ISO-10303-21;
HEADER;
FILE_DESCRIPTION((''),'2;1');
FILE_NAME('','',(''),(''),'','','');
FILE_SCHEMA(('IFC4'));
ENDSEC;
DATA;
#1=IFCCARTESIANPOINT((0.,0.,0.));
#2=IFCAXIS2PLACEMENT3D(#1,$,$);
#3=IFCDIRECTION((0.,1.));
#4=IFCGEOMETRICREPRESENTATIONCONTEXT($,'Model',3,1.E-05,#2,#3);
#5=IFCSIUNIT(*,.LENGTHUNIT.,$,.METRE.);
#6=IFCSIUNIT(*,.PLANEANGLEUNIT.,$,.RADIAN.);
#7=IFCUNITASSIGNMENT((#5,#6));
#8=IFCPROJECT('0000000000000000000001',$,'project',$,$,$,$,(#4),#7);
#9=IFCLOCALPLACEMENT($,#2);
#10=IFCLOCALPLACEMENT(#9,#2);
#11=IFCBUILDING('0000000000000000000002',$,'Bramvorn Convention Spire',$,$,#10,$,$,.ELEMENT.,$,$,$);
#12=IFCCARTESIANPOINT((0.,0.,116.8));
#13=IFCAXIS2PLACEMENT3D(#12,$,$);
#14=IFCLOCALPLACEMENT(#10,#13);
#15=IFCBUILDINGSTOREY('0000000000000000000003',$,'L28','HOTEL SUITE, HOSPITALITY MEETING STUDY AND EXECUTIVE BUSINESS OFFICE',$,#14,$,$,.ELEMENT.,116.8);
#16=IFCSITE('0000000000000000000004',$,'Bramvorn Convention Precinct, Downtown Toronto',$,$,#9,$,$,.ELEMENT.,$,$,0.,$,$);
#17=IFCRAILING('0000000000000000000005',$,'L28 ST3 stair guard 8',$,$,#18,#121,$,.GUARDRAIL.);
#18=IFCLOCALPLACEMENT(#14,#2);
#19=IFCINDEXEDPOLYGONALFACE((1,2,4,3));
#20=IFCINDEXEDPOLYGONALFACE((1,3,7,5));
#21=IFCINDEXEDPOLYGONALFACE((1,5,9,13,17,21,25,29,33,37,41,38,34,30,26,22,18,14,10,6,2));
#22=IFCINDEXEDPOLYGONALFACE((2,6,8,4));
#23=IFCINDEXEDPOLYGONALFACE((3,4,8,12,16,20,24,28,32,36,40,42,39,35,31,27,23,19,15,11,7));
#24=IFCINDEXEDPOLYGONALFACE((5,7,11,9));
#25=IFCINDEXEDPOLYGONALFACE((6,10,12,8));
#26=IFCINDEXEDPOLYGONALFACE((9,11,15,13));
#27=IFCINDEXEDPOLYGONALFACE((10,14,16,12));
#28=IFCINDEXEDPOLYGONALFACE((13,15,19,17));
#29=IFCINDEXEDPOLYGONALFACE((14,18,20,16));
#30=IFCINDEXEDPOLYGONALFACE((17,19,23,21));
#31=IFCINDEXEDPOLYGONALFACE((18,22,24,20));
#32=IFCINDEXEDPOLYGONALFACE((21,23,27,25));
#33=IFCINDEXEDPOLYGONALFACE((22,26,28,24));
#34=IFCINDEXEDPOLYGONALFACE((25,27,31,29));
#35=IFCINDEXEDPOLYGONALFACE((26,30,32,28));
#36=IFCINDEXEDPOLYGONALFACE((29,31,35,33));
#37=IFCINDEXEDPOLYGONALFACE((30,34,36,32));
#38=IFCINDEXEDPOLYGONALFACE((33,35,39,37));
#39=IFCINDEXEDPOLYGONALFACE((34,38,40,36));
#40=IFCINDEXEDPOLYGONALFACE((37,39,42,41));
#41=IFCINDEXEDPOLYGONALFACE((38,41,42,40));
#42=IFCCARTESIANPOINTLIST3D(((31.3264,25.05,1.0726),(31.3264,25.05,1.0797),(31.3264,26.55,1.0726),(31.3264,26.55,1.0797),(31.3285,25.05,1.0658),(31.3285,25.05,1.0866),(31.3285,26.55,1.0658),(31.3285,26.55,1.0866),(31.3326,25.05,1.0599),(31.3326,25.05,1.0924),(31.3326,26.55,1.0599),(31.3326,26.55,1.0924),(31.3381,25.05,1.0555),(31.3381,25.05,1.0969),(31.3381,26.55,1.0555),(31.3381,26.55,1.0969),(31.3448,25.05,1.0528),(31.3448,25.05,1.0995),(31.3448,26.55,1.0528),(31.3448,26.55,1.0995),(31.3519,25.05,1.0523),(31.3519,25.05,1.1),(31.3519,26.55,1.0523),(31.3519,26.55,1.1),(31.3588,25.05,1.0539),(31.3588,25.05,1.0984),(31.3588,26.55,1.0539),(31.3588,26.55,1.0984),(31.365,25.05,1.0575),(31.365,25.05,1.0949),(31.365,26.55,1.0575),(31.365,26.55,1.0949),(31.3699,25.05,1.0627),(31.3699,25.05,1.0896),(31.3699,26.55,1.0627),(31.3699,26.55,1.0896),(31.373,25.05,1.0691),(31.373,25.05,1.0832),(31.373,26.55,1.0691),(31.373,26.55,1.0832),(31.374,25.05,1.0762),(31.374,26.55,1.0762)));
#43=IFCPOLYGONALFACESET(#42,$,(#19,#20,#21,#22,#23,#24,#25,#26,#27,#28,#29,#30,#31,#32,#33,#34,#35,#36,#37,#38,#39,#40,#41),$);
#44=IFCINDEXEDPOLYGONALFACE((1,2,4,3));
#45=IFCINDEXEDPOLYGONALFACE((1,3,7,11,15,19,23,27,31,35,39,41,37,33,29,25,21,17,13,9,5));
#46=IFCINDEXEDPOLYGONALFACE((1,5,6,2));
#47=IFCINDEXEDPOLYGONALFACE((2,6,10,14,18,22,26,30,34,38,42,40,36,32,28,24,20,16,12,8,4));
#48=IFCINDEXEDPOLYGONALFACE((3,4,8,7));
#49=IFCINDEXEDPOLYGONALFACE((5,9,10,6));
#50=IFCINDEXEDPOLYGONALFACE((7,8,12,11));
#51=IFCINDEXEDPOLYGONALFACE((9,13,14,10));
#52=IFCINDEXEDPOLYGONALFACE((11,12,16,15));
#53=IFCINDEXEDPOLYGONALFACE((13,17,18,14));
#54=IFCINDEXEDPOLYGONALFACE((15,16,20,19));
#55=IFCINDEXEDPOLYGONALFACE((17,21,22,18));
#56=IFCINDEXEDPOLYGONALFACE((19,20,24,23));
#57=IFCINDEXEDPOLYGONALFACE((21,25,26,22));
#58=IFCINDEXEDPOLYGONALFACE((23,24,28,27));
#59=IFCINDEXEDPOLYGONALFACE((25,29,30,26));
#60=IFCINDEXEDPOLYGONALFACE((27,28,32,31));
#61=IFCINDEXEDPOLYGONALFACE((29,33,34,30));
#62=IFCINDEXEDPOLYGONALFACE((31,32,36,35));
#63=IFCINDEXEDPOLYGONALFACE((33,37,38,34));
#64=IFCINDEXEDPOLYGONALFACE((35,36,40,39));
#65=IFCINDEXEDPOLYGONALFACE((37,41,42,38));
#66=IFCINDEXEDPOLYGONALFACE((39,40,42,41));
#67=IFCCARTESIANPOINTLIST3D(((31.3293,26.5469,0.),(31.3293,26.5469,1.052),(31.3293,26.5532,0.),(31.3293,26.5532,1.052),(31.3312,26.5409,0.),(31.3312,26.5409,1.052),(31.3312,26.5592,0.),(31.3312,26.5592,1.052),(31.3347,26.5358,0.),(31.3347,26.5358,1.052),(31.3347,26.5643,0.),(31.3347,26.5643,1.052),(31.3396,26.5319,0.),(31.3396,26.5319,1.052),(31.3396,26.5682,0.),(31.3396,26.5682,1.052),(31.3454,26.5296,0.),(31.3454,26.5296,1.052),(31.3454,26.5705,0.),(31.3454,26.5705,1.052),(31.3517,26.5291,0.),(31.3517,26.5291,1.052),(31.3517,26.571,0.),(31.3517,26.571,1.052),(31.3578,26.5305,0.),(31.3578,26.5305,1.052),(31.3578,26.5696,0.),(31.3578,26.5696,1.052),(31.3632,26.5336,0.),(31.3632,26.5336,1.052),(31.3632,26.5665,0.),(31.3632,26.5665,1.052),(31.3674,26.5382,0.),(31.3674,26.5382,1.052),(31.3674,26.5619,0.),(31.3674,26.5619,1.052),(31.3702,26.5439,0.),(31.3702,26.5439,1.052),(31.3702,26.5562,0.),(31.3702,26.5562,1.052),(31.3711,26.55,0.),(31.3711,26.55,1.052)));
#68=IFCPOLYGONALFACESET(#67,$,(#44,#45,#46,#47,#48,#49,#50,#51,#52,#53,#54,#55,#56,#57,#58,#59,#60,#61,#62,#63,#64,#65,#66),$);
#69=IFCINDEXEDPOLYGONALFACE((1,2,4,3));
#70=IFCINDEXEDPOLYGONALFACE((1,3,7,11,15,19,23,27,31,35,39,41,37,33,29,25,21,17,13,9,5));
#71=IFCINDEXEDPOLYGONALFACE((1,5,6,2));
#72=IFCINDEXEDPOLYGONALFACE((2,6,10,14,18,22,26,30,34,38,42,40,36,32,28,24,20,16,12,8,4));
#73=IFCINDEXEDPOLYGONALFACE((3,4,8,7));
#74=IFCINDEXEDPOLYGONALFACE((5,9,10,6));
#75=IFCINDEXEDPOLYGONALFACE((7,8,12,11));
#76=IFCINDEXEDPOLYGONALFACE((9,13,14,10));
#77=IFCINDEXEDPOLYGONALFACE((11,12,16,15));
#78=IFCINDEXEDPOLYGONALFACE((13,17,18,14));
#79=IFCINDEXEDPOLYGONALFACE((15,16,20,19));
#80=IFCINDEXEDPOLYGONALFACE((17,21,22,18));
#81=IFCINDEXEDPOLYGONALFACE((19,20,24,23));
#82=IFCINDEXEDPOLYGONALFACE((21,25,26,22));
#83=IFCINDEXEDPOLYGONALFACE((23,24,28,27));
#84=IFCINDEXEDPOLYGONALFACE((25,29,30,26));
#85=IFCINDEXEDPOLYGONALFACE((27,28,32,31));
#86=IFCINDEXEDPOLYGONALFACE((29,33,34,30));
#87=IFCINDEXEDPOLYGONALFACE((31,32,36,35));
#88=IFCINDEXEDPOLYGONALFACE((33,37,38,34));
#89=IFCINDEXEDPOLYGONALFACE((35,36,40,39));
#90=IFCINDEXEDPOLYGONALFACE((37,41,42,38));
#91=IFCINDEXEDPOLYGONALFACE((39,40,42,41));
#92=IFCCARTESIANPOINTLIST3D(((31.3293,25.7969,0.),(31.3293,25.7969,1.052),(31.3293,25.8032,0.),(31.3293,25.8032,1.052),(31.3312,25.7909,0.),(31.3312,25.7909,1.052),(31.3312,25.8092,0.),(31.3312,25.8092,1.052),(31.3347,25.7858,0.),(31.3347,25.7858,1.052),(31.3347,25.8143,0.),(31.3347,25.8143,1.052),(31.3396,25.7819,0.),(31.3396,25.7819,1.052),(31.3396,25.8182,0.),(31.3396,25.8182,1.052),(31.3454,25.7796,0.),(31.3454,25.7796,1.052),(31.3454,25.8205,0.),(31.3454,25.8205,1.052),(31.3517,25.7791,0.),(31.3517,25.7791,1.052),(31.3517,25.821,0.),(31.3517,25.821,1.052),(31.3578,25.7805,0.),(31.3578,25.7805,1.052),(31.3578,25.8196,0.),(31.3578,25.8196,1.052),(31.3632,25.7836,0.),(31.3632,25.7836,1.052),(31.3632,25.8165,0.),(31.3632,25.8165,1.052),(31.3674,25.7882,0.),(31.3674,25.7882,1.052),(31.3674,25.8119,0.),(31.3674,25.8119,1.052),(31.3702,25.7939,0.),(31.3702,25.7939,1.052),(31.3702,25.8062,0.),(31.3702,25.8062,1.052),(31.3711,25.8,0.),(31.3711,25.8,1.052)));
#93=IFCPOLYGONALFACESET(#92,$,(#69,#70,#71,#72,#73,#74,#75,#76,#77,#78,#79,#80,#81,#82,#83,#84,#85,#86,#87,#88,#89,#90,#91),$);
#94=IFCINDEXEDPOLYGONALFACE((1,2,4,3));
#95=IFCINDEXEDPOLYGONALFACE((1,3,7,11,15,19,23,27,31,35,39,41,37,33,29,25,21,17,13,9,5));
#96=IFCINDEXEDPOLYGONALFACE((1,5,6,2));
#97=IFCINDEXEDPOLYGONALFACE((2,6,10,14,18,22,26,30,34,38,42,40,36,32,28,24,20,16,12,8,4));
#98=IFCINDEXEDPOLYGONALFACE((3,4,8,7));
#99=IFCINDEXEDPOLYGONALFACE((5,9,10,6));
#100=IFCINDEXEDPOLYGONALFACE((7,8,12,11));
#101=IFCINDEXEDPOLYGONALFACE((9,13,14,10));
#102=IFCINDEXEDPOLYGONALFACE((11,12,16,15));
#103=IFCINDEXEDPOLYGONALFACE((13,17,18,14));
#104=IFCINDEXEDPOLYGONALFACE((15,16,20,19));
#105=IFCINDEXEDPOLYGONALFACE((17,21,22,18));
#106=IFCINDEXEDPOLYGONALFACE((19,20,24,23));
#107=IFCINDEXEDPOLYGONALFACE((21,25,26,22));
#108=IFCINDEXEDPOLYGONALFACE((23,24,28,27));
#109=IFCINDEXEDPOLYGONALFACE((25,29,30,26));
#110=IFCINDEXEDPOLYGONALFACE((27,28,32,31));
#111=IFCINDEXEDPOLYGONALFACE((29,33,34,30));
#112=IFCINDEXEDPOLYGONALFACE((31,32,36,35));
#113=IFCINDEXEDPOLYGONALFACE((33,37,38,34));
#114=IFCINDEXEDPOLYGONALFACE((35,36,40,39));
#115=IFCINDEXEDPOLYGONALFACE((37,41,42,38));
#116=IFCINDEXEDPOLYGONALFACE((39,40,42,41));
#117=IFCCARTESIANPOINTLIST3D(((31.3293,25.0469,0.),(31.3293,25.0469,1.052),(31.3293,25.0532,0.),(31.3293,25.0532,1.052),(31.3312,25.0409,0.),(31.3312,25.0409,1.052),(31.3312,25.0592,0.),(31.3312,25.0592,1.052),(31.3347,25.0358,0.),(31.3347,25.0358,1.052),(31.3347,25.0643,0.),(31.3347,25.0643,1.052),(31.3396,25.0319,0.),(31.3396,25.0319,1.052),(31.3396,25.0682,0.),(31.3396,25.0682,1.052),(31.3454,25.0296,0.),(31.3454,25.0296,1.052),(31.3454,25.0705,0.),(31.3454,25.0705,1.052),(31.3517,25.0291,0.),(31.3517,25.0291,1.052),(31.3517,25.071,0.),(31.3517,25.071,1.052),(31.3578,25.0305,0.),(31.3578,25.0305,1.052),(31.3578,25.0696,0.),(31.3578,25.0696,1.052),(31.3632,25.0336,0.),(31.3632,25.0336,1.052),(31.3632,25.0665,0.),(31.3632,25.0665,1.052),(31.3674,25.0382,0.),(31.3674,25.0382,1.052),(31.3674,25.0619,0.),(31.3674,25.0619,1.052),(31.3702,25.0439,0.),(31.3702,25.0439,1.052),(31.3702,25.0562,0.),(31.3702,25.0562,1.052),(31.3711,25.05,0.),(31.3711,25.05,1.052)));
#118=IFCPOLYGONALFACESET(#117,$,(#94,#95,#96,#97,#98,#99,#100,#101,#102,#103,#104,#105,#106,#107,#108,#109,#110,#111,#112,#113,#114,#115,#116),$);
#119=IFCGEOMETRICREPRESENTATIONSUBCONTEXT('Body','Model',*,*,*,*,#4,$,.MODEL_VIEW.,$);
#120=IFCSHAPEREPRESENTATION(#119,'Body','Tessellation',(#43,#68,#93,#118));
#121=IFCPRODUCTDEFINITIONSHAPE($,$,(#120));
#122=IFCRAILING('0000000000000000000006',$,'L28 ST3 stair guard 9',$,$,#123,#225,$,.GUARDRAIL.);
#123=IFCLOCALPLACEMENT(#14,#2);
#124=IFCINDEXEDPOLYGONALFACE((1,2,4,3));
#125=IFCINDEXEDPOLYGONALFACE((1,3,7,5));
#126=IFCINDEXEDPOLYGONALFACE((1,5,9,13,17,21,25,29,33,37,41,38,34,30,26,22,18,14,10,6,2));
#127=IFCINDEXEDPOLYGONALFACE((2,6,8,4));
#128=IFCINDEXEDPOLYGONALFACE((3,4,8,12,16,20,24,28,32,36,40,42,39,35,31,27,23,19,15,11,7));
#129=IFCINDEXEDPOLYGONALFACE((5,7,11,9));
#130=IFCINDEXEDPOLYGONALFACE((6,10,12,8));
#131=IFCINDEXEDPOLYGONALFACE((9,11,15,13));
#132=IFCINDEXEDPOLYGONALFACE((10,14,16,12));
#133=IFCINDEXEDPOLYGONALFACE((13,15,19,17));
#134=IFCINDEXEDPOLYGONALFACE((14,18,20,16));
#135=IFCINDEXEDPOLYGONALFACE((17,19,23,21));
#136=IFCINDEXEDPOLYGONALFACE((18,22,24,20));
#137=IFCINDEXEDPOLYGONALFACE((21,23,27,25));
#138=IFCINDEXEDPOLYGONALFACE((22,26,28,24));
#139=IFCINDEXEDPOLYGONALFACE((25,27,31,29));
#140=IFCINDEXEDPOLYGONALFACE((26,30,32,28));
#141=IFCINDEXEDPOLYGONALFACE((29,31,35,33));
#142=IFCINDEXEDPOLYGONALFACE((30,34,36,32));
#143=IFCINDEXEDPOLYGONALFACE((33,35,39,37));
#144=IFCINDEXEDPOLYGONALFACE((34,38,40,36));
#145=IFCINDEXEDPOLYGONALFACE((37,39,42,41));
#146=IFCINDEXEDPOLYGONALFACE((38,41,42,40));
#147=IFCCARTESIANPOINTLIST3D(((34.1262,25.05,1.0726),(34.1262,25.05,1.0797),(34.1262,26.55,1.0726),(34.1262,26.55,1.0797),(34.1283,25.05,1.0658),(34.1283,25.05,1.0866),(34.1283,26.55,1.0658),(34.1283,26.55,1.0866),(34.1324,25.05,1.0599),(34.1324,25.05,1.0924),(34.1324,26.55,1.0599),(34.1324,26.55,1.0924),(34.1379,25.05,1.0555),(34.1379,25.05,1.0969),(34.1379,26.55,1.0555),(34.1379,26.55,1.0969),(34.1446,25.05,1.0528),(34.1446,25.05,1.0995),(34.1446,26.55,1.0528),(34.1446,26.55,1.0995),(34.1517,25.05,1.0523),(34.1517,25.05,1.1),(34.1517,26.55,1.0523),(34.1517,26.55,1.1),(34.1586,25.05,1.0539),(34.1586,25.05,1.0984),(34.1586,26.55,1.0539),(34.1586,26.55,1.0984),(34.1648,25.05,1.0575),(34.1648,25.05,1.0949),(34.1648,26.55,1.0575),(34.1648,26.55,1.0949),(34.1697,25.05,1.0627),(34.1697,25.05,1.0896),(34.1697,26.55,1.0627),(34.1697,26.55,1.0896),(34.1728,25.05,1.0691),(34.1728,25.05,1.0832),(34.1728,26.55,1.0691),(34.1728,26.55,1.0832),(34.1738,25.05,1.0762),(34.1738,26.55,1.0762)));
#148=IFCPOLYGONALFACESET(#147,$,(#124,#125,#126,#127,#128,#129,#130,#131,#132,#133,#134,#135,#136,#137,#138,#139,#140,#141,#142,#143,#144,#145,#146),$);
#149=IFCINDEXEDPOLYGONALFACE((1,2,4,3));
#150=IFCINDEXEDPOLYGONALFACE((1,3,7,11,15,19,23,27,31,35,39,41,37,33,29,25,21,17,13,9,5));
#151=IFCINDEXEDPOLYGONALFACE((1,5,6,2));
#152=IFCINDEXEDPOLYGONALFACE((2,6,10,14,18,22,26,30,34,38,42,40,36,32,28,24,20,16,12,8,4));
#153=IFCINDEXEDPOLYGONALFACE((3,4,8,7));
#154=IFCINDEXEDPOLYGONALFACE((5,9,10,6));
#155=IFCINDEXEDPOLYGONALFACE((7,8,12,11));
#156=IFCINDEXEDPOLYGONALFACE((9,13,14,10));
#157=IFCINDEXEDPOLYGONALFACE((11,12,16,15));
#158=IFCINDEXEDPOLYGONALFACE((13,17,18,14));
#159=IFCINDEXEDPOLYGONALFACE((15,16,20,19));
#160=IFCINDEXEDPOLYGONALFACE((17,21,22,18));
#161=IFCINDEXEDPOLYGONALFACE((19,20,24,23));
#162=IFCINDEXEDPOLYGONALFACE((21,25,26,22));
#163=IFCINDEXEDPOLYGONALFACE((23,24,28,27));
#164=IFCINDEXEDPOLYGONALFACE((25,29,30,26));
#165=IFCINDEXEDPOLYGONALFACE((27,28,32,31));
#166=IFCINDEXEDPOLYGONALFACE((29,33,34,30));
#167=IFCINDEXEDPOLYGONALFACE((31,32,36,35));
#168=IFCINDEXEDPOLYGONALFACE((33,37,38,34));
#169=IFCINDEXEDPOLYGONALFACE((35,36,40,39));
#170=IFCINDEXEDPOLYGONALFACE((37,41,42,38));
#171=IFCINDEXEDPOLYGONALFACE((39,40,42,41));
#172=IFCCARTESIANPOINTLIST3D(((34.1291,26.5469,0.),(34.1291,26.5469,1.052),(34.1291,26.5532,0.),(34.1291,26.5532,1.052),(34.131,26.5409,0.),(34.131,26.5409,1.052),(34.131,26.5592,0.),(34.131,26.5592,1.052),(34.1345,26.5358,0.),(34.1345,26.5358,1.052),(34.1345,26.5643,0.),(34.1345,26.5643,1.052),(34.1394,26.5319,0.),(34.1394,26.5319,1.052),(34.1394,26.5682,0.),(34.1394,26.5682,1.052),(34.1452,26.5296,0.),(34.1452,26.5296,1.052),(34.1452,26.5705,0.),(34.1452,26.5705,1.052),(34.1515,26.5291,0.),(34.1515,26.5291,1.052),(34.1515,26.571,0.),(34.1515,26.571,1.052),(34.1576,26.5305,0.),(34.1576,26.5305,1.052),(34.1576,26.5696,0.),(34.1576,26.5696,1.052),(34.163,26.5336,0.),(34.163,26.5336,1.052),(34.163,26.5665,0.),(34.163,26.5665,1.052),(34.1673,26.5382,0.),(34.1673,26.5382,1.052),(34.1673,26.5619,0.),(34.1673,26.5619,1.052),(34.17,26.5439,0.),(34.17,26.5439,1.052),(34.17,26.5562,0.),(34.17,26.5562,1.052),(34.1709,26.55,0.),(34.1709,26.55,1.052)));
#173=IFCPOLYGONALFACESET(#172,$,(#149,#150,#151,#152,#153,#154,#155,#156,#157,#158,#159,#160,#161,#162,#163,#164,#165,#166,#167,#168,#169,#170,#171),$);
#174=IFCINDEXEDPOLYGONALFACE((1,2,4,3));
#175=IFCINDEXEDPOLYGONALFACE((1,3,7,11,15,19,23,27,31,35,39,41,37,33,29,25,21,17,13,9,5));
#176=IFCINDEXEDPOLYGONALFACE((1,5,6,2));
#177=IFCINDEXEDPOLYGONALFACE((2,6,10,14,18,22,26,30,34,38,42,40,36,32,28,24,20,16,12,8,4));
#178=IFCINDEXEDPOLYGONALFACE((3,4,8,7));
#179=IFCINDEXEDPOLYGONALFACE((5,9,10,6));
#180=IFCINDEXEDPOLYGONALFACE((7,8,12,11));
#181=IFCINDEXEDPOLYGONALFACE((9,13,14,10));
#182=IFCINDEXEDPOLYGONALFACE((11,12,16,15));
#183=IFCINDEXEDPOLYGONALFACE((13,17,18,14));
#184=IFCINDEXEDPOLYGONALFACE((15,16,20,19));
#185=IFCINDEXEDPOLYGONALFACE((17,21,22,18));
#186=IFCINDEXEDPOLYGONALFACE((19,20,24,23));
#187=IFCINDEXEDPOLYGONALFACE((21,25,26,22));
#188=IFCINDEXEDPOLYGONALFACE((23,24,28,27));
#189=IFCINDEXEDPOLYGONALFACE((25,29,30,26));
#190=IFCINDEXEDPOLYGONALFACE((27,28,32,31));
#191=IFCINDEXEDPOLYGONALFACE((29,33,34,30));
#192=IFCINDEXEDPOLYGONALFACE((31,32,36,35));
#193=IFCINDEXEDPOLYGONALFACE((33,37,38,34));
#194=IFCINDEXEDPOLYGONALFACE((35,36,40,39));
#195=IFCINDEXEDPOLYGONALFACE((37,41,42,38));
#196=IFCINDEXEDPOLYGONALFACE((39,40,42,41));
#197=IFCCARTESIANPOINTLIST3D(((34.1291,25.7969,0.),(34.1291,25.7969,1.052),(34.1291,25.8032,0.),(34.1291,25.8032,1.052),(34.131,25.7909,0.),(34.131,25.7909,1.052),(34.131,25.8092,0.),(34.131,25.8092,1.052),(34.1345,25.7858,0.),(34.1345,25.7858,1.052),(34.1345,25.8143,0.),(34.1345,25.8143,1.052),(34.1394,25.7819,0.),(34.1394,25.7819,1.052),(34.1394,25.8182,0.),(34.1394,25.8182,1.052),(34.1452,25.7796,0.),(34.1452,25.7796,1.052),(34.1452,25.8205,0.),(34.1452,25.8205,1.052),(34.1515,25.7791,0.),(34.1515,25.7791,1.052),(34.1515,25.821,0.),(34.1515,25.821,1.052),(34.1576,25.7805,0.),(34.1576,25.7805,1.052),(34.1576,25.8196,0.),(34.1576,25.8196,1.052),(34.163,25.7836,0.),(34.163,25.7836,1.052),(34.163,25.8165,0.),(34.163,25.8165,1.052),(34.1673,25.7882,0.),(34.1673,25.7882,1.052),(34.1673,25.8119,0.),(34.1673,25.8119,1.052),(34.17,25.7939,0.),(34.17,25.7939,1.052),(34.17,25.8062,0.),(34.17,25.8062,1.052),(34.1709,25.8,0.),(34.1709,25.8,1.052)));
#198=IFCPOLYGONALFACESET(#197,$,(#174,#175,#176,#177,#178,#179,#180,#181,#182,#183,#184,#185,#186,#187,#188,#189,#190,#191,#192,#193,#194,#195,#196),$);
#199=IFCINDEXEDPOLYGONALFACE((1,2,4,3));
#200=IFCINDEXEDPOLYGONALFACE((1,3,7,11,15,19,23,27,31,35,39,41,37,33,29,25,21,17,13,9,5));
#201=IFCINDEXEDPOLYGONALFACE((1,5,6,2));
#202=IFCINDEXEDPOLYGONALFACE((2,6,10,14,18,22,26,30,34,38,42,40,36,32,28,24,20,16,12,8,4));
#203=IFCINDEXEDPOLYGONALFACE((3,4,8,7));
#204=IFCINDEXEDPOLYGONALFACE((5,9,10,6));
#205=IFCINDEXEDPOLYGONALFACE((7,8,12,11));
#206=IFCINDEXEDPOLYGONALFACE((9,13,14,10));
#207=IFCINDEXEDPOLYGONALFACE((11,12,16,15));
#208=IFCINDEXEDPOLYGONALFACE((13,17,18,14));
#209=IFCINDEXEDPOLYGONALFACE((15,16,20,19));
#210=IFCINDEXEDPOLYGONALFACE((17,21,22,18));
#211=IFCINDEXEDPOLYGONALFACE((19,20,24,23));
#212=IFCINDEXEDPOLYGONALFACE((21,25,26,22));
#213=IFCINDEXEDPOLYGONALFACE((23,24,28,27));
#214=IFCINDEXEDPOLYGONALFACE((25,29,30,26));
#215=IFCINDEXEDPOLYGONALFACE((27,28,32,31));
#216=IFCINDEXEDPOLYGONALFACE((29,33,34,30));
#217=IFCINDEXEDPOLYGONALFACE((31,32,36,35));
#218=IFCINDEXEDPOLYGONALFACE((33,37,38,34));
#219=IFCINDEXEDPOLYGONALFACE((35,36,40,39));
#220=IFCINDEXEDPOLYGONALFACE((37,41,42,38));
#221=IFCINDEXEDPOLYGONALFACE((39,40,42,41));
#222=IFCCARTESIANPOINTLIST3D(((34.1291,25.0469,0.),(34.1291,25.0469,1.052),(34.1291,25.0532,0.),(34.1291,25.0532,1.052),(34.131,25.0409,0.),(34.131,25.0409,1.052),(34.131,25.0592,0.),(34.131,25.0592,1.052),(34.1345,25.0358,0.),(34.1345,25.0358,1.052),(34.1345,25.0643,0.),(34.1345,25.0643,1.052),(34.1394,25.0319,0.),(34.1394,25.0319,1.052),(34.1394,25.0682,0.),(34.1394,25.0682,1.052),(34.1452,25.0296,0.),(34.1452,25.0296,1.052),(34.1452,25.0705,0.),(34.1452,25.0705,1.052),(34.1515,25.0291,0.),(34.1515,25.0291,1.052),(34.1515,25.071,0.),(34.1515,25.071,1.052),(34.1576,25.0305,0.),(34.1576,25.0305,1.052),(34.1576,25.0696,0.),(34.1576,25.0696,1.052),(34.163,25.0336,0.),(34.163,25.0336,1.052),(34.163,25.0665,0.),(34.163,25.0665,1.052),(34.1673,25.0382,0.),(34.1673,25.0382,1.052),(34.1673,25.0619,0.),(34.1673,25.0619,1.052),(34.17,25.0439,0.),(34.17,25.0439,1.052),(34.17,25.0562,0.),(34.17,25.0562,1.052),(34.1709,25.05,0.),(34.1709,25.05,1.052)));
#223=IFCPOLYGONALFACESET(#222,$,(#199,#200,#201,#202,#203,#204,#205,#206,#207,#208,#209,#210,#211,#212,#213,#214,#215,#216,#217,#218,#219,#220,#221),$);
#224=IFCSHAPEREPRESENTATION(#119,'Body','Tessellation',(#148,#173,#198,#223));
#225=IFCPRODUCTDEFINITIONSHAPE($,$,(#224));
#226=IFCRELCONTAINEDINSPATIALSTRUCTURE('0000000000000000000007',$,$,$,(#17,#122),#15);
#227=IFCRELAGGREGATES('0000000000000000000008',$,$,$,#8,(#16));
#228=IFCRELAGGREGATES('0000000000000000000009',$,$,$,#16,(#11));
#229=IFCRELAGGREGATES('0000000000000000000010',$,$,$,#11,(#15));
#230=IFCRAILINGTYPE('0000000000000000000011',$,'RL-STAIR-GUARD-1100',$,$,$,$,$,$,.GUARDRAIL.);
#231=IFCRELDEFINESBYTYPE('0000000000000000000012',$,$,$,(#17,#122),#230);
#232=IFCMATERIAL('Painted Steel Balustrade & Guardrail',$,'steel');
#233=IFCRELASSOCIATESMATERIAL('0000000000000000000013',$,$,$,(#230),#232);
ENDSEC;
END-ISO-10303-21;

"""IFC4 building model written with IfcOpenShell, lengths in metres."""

from ifc_helpers import new_model, si_unit, direction, frame, origin, origin_2d, place, context, subcontext, project, spatial, circle, extrude, material, type_object, element, save


model = new_model("IFC4")

# Units and contexts
model_context = context("Model", 3, precision=1e-05, world=origin(), true_north=direction((0.0, 1.0)))
body_context = subcontext(model_context, "Body", "Model", "MODEL_VIEW")
ifc_project = project(units=[si_unit("LENGTHUNIT", "METRE"), si_unit("PLANEANGLEUNIT", "RADIAN")], contexts=[model_context])

# Site, building, storey
site_placement = place(None, origin())
site = spatial("IfcSite", under=ifc_project, at=site_placement, Name="Bramvorn Convention Precinct, Downtown Toronto", CompositionType="ELEMENT", RefElevation=0.0)
building_placement = place(site_placement, origin())
building = spatial("IfcBuilding", under=site, at=building_placement, Name="Bramvorn Convention Spire", CompositionType="ELEMENT")
storey_placement = place(building_placement, frame((0.0, 0.0, 116.8)))
storey = spatial("IfcBuildingStorey", under=building, at=storey_placement, Name="L28", Description="HOTEL SUITE, HOSPITALITY MEETING STUDY AND EXECUTIVE BUSINESS OFFICE", CompositionType="ELEMENT", Elevation=116.8)

# Railings
ifc_material_1 = material(Name="Painted Steel Balustrade & Guardrail", Category="steel")
railing_type = type_object("IfcRailingType", Name="RL-STAIR-GUARD-1100", PredefinedType="GUARDRAIL", material=ifc_material_1)
for number, where, name in (
    (1, (31.3501, 26.55, 0.0), "L28 ST3 stair guard 8"),
    (2, (34.1499, 26.55, 0.0), "L28 ST3 stair guard 9"),
):
    element("IfcRailing", number, at=place(storey_placement, frame(where)), inside=storey, type_object=railing_type, Name=name, PredefinedType="GUARDRAIL", context=body_context, shape_type="SweptSolid", body=[
        extrude(circle(Radius=0.0239, at=origin_2d()), frame((0.0, 0.0, 1.0762), z_axis=(0.0, -1.0, 0.0), x_axis=(1.0, 0.0, 0.0)), (0.0, 0.0, 1.0), 1.5),
        extrude(circle(Radius=0.021, at=origin_2d()), origin(), (0.0, 0.0, 1.0), 1.052),
        extrude(circle(Radius=0.021, at=origin_2d()), frame((0.0, -0.75, 0.0)), (0.0, 0.0, 1.0), 1.052),
        extrude(circle(Radius=0.021, at=origin_2d()), frame((0.0, -1.5, 0.0)), (0.0, 0.0, 1.0), 1.052),
    ])

save(model, "model.ifc")
